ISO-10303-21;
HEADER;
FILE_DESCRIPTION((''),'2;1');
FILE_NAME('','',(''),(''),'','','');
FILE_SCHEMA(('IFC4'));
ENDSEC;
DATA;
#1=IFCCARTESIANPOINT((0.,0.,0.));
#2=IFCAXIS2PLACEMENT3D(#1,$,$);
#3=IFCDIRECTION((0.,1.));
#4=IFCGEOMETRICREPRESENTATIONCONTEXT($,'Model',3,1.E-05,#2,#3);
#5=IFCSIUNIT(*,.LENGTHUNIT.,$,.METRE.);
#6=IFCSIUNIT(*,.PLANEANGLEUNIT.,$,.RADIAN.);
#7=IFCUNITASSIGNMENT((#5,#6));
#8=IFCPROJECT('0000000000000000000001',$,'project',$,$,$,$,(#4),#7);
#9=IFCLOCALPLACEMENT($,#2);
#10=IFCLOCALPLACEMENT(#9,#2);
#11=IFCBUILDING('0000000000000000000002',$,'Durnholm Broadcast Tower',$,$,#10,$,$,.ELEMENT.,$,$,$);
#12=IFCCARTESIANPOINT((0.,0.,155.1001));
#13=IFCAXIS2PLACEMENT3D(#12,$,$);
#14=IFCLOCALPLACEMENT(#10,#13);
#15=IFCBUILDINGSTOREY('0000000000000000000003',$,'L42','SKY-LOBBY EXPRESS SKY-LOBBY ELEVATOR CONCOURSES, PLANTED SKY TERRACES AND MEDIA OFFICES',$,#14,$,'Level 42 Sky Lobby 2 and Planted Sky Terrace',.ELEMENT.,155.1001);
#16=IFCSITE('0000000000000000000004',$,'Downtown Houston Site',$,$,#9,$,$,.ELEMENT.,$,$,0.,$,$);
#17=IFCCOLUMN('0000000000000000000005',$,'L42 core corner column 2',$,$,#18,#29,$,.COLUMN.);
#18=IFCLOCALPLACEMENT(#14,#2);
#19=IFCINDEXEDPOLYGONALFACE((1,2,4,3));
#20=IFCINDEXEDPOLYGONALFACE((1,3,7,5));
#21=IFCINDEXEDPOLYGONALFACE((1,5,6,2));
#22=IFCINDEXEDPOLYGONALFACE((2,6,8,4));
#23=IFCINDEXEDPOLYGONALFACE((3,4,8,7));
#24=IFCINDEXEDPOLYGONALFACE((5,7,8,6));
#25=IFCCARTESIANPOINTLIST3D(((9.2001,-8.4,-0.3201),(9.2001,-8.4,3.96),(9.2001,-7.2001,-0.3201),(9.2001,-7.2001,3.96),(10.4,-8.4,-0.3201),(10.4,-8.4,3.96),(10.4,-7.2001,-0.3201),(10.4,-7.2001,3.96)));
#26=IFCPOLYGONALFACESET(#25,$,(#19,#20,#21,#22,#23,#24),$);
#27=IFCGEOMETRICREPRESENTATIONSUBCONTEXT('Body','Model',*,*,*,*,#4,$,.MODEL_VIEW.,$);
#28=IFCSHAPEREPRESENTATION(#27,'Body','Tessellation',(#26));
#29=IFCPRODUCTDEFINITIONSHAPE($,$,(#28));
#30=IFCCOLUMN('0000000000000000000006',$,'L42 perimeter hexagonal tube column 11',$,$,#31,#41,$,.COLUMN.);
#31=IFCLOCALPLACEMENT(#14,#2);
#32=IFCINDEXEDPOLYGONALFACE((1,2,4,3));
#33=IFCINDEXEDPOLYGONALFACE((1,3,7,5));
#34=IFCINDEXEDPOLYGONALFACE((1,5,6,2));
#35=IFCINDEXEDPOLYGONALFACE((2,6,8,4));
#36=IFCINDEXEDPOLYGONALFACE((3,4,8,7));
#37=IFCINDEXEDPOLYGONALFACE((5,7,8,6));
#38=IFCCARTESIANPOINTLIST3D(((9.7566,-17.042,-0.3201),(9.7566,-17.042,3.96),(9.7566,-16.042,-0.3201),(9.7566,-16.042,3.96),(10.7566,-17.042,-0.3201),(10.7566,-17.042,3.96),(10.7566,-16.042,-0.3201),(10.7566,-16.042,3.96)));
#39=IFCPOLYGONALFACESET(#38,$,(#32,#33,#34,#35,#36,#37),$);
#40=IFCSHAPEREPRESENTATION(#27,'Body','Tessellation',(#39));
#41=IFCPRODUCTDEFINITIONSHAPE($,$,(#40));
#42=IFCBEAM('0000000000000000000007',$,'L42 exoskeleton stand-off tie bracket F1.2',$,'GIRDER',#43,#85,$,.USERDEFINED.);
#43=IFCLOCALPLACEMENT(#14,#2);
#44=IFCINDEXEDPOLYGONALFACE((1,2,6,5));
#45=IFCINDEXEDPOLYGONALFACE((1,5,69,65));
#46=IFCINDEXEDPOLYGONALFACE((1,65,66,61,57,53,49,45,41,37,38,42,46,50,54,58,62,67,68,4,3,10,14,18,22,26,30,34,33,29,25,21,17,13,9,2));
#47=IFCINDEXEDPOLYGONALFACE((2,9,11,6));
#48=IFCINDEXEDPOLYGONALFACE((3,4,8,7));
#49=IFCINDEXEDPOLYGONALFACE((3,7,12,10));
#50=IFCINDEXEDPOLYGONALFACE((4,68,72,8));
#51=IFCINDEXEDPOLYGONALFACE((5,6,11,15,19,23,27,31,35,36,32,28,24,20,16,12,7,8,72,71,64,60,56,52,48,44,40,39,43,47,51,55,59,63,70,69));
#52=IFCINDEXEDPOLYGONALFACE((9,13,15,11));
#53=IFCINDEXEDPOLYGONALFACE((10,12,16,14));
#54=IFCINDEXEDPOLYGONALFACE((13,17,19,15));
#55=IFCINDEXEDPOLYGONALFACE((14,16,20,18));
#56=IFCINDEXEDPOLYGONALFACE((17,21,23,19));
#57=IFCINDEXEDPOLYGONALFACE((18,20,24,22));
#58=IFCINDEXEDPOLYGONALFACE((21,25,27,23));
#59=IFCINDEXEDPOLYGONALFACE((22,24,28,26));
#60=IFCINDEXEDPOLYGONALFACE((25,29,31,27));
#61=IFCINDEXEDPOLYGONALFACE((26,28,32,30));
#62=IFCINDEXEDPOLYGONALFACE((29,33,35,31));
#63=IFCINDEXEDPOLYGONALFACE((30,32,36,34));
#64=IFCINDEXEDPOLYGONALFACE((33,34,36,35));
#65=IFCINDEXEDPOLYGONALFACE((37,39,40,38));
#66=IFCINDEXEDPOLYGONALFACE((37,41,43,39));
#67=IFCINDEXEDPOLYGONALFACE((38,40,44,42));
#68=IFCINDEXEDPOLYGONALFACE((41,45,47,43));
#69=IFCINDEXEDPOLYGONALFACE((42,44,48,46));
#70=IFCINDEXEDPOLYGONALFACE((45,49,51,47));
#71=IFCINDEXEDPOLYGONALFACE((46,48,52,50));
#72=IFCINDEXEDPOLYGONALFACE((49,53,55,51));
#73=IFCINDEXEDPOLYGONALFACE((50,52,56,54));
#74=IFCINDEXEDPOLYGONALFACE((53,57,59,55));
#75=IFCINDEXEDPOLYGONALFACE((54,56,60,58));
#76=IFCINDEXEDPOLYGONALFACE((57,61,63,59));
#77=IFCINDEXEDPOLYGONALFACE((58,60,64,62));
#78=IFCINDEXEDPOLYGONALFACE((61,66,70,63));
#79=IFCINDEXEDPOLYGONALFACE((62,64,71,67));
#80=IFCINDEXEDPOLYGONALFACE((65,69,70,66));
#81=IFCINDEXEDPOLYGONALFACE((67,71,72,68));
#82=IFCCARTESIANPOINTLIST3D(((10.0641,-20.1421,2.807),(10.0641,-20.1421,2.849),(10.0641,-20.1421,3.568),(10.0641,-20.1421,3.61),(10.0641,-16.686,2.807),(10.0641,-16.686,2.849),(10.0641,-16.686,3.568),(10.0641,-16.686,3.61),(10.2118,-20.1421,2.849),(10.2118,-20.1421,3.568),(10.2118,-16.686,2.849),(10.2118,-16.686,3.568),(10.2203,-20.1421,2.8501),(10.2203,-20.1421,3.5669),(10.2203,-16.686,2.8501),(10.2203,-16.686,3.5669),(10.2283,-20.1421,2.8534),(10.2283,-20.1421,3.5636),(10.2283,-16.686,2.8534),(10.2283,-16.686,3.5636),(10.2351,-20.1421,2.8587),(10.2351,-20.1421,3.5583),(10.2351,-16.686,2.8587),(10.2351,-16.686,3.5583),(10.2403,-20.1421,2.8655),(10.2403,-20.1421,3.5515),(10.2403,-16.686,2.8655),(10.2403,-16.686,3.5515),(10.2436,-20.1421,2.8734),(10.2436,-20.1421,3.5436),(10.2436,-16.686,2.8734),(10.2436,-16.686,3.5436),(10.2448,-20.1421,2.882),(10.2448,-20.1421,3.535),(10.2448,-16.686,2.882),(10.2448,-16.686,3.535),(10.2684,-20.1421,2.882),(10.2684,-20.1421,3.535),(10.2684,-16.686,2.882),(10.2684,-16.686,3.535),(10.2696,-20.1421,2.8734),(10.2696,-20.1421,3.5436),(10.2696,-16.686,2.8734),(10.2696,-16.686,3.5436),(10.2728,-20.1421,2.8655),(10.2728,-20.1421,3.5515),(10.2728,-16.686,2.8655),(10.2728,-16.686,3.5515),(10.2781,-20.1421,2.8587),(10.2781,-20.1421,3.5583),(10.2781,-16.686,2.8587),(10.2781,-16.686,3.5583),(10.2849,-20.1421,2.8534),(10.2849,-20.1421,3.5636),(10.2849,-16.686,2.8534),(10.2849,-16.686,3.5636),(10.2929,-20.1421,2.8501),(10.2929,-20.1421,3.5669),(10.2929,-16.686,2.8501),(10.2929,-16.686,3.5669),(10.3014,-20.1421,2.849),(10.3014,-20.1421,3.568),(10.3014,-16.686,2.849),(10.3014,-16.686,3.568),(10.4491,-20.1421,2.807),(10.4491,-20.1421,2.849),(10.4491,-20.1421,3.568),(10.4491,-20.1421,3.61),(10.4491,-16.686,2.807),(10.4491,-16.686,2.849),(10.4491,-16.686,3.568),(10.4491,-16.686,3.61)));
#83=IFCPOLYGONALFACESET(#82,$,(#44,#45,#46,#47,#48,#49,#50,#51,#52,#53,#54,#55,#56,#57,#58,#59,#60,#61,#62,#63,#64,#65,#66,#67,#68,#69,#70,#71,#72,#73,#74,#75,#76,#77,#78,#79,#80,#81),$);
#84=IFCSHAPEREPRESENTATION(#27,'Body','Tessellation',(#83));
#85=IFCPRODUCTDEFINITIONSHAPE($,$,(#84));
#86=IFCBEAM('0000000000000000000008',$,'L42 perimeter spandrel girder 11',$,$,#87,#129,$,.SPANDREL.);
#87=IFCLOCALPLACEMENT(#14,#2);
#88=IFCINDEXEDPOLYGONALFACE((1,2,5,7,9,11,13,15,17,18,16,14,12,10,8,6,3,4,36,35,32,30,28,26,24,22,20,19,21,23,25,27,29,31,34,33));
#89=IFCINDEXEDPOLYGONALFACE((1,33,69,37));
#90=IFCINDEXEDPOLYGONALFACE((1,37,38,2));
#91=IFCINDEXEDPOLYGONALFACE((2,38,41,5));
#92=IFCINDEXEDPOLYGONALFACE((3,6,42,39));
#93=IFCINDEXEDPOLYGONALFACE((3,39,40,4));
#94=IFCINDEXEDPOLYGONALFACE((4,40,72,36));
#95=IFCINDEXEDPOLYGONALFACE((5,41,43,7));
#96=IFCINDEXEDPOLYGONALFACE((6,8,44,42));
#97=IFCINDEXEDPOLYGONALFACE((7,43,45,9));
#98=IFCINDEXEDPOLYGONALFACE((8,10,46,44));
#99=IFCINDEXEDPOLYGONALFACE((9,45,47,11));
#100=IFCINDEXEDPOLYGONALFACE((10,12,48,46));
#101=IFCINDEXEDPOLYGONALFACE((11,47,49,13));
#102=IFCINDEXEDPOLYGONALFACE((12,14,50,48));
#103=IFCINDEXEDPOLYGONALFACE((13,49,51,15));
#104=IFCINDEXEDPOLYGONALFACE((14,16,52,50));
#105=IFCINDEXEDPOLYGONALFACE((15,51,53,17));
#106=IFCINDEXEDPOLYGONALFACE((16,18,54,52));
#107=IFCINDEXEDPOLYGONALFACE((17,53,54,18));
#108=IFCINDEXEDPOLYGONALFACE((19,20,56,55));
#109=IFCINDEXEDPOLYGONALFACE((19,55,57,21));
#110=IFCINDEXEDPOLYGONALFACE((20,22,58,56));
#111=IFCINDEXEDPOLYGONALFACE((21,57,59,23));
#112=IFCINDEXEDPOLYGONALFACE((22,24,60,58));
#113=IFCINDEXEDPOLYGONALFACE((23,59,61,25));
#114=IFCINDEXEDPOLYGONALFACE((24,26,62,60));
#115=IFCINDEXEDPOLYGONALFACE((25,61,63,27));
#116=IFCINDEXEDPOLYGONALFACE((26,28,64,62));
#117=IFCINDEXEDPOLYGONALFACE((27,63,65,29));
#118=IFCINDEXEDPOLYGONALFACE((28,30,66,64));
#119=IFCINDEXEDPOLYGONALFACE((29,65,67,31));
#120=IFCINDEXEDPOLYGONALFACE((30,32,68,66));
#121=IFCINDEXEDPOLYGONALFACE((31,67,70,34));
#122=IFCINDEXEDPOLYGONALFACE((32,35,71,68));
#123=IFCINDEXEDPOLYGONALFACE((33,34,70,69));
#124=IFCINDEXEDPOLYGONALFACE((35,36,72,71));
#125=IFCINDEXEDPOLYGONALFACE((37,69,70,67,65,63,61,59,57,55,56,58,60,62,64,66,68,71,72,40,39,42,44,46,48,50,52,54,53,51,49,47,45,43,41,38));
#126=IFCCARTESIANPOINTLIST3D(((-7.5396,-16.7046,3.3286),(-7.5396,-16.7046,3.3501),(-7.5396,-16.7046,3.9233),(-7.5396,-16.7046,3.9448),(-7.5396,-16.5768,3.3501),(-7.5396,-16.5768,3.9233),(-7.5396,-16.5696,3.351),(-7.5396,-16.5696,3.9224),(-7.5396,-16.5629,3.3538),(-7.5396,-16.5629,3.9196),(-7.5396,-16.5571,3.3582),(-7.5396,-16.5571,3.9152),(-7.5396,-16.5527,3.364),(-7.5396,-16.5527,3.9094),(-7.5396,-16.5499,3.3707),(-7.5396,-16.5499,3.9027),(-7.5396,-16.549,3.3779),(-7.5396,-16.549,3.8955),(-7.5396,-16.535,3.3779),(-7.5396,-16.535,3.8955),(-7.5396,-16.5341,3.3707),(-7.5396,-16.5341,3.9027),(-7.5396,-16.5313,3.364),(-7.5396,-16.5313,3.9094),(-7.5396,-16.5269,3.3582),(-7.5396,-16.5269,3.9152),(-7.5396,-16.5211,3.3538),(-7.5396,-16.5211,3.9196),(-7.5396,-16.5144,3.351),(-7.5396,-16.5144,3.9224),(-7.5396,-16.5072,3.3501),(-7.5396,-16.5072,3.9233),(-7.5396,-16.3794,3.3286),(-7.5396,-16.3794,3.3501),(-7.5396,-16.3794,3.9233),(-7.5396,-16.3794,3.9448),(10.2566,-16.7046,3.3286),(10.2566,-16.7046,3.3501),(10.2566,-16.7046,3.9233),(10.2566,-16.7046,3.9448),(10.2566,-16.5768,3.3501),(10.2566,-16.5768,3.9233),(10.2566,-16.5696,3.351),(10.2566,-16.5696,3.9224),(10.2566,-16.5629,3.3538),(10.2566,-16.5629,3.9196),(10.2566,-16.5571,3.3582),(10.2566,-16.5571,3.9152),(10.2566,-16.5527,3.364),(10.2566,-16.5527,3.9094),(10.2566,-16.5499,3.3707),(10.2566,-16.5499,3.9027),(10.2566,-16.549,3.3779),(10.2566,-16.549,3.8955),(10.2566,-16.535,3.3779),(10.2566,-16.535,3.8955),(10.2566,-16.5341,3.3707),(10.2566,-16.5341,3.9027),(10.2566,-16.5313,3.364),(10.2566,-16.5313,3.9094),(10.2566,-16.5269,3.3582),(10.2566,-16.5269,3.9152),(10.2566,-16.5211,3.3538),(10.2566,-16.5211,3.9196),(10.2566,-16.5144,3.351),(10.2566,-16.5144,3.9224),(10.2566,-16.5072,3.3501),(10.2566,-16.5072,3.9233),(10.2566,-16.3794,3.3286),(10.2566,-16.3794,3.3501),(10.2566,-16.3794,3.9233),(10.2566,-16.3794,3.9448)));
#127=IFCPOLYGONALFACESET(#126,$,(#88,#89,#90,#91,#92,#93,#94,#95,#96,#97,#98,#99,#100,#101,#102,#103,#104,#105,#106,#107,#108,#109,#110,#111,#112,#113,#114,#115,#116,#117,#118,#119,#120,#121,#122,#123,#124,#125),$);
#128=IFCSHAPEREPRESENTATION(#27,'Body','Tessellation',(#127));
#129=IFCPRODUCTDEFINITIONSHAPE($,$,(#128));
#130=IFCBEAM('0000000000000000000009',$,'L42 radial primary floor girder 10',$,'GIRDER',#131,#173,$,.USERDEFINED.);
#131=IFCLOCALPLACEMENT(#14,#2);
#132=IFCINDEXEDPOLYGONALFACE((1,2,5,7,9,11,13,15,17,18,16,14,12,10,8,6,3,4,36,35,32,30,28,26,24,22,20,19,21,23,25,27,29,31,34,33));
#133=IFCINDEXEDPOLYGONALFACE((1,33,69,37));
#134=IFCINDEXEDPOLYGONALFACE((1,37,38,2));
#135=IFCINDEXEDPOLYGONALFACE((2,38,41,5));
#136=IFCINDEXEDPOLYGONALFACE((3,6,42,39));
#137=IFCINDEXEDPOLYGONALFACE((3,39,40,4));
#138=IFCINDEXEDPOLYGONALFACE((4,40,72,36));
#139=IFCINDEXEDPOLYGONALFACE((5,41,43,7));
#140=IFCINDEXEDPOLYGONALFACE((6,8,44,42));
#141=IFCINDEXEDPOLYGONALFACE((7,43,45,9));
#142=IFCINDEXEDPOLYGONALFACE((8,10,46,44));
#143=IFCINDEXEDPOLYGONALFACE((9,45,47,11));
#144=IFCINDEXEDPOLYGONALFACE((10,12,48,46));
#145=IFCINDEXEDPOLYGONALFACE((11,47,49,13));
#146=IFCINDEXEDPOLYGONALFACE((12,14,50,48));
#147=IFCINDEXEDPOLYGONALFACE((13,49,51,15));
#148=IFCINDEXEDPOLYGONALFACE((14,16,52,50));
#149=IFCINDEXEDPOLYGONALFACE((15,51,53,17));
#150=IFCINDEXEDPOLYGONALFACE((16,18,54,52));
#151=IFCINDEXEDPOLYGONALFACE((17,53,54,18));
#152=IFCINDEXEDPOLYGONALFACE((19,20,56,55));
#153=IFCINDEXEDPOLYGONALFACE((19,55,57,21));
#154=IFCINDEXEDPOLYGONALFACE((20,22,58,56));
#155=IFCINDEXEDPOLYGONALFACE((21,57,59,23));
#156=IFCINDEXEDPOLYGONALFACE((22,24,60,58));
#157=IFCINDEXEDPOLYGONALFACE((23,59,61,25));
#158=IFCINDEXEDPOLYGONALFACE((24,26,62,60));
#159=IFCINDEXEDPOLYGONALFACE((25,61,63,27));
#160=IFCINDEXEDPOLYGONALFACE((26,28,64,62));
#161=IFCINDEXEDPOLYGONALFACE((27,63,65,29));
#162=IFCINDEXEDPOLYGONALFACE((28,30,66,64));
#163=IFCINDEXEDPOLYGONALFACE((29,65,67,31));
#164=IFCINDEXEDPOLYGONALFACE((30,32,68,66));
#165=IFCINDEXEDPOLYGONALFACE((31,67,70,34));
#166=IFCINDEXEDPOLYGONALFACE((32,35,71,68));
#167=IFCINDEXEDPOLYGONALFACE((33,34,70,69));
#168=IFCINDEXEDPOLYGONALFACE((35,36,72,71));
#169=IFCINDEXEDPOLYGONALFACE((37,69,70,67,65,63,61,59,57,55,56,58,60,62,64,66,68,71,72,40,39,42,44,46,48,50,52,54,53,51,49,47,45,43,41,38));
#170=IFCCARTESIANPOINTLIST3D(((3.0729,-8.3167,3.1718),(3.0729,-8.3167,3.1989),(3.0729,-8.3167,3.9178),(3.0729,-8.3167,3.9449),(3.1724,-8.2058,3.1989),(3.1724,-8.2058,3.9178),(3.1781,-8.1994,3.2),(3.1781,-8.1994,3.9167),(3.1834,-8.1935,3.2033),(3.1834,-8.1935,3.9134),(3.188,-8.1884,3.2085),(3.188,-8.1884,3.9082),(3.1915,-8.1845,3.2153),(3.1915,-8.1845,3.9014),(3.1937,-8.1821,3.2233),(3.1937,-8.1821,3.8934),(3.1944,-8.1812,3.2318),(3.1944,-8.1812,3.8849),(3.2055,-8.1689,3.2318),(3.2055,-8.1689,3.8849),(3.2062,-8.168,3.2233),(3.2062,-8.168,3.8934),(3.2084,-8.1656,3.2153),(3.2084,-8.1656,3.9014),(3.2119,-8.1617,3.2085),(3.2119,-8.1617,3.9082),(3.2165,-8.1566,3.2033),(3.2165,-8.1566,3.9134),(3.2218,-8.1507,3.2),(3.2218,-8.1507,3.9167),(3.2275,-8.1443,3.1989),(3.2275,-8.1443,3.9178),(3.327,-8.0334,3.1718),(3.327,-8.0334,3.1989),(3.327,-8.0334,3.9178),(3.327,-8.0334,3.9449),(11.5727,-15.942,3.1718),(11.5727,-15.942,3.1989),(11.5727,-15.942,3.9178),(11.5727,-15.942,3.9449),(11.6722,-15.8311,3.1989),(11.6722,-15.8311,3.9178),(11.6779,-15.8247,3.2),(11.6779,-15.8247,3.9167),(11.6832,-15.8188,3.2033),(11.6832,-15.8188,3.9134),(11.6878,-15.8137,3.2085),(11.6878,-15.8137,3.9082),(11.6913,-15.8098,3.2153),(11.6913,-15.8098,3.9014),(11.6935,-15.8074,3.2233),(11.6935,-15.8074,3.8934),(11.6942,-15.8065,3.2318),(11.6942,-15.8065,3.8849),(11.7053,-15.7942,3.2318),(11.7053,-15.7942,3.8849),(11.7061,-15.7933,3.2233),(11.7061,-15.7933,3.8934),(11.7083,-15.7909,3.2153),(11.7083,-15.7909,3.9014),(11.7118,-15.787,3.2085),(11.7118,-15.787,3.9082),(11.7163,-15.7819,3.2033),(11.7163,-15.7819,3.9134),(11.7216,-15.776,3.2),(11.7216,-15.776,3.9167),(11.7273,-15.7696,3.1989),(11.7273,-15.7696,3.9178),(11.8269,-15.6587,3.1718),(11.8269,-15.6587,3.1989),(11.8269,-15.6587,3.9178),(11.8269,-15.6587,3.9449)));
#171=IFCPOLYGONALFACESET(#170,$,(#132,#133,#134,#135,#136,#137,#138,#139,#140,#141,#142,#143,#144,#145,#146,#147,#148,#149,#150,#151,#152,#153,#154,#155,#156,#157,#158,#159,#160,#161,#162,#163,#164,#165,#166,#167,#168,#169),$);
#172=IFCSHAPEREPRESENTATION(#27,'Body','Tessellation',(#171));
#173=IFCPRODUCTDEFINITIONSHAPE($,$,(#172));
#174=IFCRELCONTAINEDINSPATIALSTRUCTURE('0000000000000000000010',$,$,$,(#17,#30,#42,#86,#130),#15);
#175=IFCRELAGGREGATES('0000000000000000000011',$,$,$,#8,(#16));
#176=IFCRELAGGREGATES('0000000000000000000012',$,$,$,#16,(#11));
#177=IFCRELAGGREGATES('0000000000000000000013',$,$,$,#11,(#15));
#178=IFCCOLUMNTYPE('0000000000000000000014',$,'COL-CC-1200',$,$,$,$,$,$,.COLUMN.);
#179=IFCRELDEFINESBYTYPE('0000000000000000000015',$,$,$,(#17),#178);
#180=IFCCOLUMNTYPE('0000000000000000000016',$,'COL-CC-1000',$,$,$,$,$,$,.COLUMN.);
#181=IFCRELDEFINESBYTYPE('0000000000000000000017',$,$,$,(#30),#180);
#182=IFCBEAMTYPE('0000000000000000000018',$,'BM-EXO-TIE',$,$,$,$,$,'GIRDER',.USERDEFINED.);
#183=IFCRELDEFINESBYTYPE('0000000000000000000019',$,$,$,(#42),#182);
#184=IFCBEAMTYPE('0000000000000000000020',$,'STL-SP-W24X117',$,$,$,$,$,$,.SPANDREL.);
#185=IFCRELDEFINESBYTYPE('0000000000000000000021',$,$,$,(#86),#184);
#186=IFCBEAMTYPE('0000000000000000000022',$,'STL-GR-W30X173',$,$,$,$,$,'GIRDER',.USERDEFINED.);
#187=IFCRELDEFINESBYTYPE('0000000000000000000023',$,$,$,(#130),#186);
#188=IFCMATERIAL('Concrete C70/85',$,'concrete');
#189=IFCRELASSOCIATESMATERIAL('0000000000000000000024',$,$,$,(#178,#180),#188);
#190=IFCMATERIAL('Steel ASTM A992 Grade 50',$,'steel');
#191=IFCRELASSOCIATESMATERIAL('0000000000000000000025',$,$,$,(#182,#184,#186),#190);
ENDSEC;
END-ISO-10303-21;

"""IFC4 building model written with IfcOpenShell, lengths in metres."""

from ifc_helpers import new_model, si_unit, direction, frame, origin, origin_2d, place, context, subcontext, project, spatial, rectangle, i_section, extrude, source, transform, mapped, material, material_profile, profile_set, type_object, type_shapes, element, save


model = new_model("IFC4")

# Units and contexts
model_context = context("Model", 3, precision=1e-05, world=origin(), true_north=direction((0.0, 1.0)))
body_context = subcontext(model_context, "Body", "Model", "MODEL_VIEW")
ifc_project = project(units=[si_unit("LENGTHUNIT", "METRE"), si_unit("PLANEANGLEUNIT", "RADIAN")], contexts=[model_context])

# Site, building, storey
site_placement = place(None, origin())
site = spatial("IfcSite", under=ifc_project, at=site_placement, Name="Downtown Houston Site", CompositionType="ELEMENT", RefElevation=0.0)
building_placement = place(site_placement, origin())
building = spatial("IfcBuilding", under=site, at=building_placement, Name="Durnholm Broadcast Tower", CompositionType="ELEMENT")
storey_placement = place(building_placement, frame((0.0, 0.0, 155.1001)))
storey = spatial("IfcBuildingStorey", under=building, at=storey_placement, Name="L42", Description="SKY-LOBBY EXPRESS SKY-LOBBY ELEVATOR CONCOURSES, PLANTED SKY TERRACES AND MEDIA OFFICES", LongName="Level 42 Sky Lobby 2 and Planted Sky Terrace", CompositionType="ELEMENT", Elevation=155.1001)

# Columns
ifc_material_1 = material(Name="Concrete C70/85", Category="concrete")
ifc_material_profile_1 = material_profile(ifc_material_1, rectangle(XDim=1.2, YDim=1.2, at=origin_2d()), Name="RC1200X1200")
ifc_profile_set_1 = profile_set([ifc_material_profile_1], Name="Concrete C70/85")
column_type_1 = type_object("IfcColumnType", Name="COL-CC-1200", PredefinedType="COLUMN", material=ifc_profile_set_1)
shared_shape_1 = source(origin(), body_context, "Body", "SweptSolid", [
    extrude(rectangle(XDim=1.2, YDim=1.2, at=origin_2d()), origin(), (0.0, 0.0, 1.0), 4.28),
])
type_shapes(column_type_1, [shared_shape_1])
column_1_placement = place(storey_placement, frame((9.8, -7.8, -0.3201), z_axis=(0.0, 0.0, 1.0), x_axis=(1.0, 0.0, 0.0)))
element("IfcColumn", 1, at=column_1_placement, inside=storey, type_object=column_type_1, Name="L42 core corner column 2", PredefinedType="COLUMN", context=body_context, shape_type="MappedRepresentation", body=[
    mapped(shared_shape_1, transform((0.0, 0.0, 0.0), x_axis=(1.0, 0.0, 0.0), y_axis=(0.0, 1.0, 0.0), z_axis=(0.0, 0.0, 1.0), scale=1.0)),
])
ifc_material_profile_2 = material_profile(ifc_material_1, rectangle(XDim=1.0, YDim=1.0, at=origin_2d()), Name="RC1000X1000")
ifc_profile_set_2 = profile_set([ifc_material_profile_2], Name="Concrete C70/85")
column_type_2 = type_object("IfcColumnType", Name="COL-CC-1000", PredefinedType="COLUMN", material=ifc_profile_set_2)
shared_shape_2 = source(origin(), body_context, "Body", "SweptSolid", [
    extrude(rectangle(XDim=1.0, YDim=1.0, at=origin_2d()), origin(), (0.0, 0.0, 1.0), 4.28),
])
type_shapes(column_type_2, [shared_shape_2])
column_2_placement = place(storey_placement, frame((10.2566, -16.542, -0.3201), z_axis=(0.0, 0.0, 1.0), x_axis=(1.0, 0.0, 0.0)))
element("IfcColumn", 2, at=column_2_placement, inside=storey, type_object=column_type_2, Name="L42 perimeter hexagonal tube column 11", PredefinedType="COLUMN", context=body_context, shape_type="MappedRepresentation", body=[
    mapped(shared_shape_2, transform((0.0, 0.0, 0.0), x_axis=(1.0, 0.0, 0.0), y_axis=(0.0, 1.0, 0.0), z_axis=(0.0, 0.0, 1.0), scale=1.0)),
])

# Beams
ifc_material_2 = material(Name="Steel ASTM A992 Grade 50", Category="steel")
ifc_material_profile_3 = material_profile(ifc_material_2, i_section(OverallWidth=0.385, OverallDepth=0.803, WebThickness=0.0237, FlangeThickness=0.042, FilletRadius=0.033, at=origin_2d()), Name="W30X261")
ifc_profile_set_3 = profile_set([ifc_material_profile_3], Name="Steel ASTM A992 Grade 50")
beam_type_1 = type_object("IfcBeamType", Name="BM-EXO-TIE", ElementType="GIRDER", PredefinedType="USERDEFINED", material=ifc_profile_set_3)
shared_shape_3 = source(origin(), body_context, "Body", "SweptSolid", [
    extrude(i_section(OverallWidth=0.385, OverallDepth=0.803, WebThickness=0.0237, FlangeThickness=0.042, FilletRadius=0.033, at=origin_2d()), origin(), (0.0, 0.0, 1.0), 3.4561),
])
type_shapes(beam_type_1, [shared_shape_3])
beam_1_placement = place(storey_placement, frame((10.2566, -16.686, 3.2085), z_axis=(0.0, -1.0, 0.0), x_axis=(1.0, 0.0, 0.0)))
element("IfcBeam", 3, at=beam_1_placement, inside=storey, type_object=beam_type_1, Name="L42 exoskeleton stand-off tie bracket F1.2", ObjectType="GIRDER", PredefinedType="USERDEFINED", context=body_context, shape_type="MappedRepresentation", body=[
    mapped(shared_shape_3, transform((0.0, 0.0, 0.0), x_axis=(1.0, 0.0, 0.0), y_axis=(0.0, 1.0, 0.0), z_axis=(0.0, 0.0, 1.0), scale=1.0)),
])
ifc_material_profile_4 = material_profile(ifc_material_2, i_section(OverallWidth=0.3252, OverallDepth=0.6162, WebThickness=0.0139, FlangeThickness=0.0215, FilletRadius=0.0278, at=origin_2d()), Name="W24X117")
ifc_profile_set_4 = profile_set([ifc_material_profile_4], Name="Steel ASTM A992 Grade 50")
beam_type_2 = type_object("IfcBeamType", Name="STL-SP-W24X117", PredefinedType="SPANDREL", material=ifc_profile_set_4)
shared_shape_4 = source(origin(), body_context, "Body", "SweptSolid", [
    extrude(i_section(OverallWidth=0.3252, OverallDepth=0.6162, WebThickness=0.0139, FlangeThickness=0.0215, FilletRadius=0.0278, at=origin_2d()), origin(), (0.0, 0.0, 1.0), 17.7961),
])
type_shapes(beam_type_2, [shared_shape_4])
beam_2_placement = place(storey_placement, frame((10.2566, -16.542, 3.6367), z_axis=(-1.0, 0.0, 0.0), x_axis=(0.0, -1.0, 0.0)))
element("IfcBeam", 4, at=beam_2_placement, inside=storey, type_object=beam_type_2, Name="L42 perimeter spandrel girder 11", PredefinedType="SPANDREL", context=body_context, shape_type="MappedRepresentation", body=[
    mapped(shared_shape_4, transform((0.0, 0.0, 0.0), x_axis=(1.0, 0.0, 0.0), y_axis=(0.0, 1.0, 0.0), z_axis=(0.0, 0.0, 1.0), scale=1.0)),
])
ifc_material_profile_5 = material_profile(ifc_material_2, i_section(OverallWidth=0.3806, OverallDepth=0.7732, WebThickness=0.0166, FlangeThickness=0.0271, FilletRadius=0.033, at=origin_2d()), Name="W30X173")
ifc_profile_set_5 = profile_set([ifc_material_profile_5], Name="Steel ASTM A992 Grade 50")
beam_type_3 = type_object("IfcBeamType", Name="STL-GR-W30X173", ElementType="GIRDER", PredefinedType="USERDEFINED", material=ifc_profile_set_5)
shared_shape_5 = source(origin(), body_context, "Body", "SweptSolid", [
    extrude(i_section(OverallWidth=0.3806, OverallDepth=0.7732, WebThickness=0.0166, FlangeThickness=0.0271, FilletRadius=0.033, at=origin_2d()), origin(), (0.0, 0.0, 1.0), 11.4189),
])
beam_3_placement = place(storey_placement, frame((3.2, -8.175, 3.5583), z_axis=(0.744362, -0.667777, 0.0), x_axis=(0.667777, 0.744362, 0.0)))
element("IfcBeam", 5, at=beam_3_placement, inside=storey, type_object=beam_type_3, Name="L42 radial primary floor girder 10", ObjectType="GIRDER", PredefinedType="USERDEFINED", context=body_context, shape_type="MappedRepresentation", body=[
    mapped(shared_shape_5, transform((0.0, 0.0, 0.0), x_axis=(1.0, 0.0, 0.0), y_axis=(0.0, 1.0, 0.0), z_axis=(0.0, 0.0, 1.0), scale=1.0)),
])

save(model, "model.ifc")
